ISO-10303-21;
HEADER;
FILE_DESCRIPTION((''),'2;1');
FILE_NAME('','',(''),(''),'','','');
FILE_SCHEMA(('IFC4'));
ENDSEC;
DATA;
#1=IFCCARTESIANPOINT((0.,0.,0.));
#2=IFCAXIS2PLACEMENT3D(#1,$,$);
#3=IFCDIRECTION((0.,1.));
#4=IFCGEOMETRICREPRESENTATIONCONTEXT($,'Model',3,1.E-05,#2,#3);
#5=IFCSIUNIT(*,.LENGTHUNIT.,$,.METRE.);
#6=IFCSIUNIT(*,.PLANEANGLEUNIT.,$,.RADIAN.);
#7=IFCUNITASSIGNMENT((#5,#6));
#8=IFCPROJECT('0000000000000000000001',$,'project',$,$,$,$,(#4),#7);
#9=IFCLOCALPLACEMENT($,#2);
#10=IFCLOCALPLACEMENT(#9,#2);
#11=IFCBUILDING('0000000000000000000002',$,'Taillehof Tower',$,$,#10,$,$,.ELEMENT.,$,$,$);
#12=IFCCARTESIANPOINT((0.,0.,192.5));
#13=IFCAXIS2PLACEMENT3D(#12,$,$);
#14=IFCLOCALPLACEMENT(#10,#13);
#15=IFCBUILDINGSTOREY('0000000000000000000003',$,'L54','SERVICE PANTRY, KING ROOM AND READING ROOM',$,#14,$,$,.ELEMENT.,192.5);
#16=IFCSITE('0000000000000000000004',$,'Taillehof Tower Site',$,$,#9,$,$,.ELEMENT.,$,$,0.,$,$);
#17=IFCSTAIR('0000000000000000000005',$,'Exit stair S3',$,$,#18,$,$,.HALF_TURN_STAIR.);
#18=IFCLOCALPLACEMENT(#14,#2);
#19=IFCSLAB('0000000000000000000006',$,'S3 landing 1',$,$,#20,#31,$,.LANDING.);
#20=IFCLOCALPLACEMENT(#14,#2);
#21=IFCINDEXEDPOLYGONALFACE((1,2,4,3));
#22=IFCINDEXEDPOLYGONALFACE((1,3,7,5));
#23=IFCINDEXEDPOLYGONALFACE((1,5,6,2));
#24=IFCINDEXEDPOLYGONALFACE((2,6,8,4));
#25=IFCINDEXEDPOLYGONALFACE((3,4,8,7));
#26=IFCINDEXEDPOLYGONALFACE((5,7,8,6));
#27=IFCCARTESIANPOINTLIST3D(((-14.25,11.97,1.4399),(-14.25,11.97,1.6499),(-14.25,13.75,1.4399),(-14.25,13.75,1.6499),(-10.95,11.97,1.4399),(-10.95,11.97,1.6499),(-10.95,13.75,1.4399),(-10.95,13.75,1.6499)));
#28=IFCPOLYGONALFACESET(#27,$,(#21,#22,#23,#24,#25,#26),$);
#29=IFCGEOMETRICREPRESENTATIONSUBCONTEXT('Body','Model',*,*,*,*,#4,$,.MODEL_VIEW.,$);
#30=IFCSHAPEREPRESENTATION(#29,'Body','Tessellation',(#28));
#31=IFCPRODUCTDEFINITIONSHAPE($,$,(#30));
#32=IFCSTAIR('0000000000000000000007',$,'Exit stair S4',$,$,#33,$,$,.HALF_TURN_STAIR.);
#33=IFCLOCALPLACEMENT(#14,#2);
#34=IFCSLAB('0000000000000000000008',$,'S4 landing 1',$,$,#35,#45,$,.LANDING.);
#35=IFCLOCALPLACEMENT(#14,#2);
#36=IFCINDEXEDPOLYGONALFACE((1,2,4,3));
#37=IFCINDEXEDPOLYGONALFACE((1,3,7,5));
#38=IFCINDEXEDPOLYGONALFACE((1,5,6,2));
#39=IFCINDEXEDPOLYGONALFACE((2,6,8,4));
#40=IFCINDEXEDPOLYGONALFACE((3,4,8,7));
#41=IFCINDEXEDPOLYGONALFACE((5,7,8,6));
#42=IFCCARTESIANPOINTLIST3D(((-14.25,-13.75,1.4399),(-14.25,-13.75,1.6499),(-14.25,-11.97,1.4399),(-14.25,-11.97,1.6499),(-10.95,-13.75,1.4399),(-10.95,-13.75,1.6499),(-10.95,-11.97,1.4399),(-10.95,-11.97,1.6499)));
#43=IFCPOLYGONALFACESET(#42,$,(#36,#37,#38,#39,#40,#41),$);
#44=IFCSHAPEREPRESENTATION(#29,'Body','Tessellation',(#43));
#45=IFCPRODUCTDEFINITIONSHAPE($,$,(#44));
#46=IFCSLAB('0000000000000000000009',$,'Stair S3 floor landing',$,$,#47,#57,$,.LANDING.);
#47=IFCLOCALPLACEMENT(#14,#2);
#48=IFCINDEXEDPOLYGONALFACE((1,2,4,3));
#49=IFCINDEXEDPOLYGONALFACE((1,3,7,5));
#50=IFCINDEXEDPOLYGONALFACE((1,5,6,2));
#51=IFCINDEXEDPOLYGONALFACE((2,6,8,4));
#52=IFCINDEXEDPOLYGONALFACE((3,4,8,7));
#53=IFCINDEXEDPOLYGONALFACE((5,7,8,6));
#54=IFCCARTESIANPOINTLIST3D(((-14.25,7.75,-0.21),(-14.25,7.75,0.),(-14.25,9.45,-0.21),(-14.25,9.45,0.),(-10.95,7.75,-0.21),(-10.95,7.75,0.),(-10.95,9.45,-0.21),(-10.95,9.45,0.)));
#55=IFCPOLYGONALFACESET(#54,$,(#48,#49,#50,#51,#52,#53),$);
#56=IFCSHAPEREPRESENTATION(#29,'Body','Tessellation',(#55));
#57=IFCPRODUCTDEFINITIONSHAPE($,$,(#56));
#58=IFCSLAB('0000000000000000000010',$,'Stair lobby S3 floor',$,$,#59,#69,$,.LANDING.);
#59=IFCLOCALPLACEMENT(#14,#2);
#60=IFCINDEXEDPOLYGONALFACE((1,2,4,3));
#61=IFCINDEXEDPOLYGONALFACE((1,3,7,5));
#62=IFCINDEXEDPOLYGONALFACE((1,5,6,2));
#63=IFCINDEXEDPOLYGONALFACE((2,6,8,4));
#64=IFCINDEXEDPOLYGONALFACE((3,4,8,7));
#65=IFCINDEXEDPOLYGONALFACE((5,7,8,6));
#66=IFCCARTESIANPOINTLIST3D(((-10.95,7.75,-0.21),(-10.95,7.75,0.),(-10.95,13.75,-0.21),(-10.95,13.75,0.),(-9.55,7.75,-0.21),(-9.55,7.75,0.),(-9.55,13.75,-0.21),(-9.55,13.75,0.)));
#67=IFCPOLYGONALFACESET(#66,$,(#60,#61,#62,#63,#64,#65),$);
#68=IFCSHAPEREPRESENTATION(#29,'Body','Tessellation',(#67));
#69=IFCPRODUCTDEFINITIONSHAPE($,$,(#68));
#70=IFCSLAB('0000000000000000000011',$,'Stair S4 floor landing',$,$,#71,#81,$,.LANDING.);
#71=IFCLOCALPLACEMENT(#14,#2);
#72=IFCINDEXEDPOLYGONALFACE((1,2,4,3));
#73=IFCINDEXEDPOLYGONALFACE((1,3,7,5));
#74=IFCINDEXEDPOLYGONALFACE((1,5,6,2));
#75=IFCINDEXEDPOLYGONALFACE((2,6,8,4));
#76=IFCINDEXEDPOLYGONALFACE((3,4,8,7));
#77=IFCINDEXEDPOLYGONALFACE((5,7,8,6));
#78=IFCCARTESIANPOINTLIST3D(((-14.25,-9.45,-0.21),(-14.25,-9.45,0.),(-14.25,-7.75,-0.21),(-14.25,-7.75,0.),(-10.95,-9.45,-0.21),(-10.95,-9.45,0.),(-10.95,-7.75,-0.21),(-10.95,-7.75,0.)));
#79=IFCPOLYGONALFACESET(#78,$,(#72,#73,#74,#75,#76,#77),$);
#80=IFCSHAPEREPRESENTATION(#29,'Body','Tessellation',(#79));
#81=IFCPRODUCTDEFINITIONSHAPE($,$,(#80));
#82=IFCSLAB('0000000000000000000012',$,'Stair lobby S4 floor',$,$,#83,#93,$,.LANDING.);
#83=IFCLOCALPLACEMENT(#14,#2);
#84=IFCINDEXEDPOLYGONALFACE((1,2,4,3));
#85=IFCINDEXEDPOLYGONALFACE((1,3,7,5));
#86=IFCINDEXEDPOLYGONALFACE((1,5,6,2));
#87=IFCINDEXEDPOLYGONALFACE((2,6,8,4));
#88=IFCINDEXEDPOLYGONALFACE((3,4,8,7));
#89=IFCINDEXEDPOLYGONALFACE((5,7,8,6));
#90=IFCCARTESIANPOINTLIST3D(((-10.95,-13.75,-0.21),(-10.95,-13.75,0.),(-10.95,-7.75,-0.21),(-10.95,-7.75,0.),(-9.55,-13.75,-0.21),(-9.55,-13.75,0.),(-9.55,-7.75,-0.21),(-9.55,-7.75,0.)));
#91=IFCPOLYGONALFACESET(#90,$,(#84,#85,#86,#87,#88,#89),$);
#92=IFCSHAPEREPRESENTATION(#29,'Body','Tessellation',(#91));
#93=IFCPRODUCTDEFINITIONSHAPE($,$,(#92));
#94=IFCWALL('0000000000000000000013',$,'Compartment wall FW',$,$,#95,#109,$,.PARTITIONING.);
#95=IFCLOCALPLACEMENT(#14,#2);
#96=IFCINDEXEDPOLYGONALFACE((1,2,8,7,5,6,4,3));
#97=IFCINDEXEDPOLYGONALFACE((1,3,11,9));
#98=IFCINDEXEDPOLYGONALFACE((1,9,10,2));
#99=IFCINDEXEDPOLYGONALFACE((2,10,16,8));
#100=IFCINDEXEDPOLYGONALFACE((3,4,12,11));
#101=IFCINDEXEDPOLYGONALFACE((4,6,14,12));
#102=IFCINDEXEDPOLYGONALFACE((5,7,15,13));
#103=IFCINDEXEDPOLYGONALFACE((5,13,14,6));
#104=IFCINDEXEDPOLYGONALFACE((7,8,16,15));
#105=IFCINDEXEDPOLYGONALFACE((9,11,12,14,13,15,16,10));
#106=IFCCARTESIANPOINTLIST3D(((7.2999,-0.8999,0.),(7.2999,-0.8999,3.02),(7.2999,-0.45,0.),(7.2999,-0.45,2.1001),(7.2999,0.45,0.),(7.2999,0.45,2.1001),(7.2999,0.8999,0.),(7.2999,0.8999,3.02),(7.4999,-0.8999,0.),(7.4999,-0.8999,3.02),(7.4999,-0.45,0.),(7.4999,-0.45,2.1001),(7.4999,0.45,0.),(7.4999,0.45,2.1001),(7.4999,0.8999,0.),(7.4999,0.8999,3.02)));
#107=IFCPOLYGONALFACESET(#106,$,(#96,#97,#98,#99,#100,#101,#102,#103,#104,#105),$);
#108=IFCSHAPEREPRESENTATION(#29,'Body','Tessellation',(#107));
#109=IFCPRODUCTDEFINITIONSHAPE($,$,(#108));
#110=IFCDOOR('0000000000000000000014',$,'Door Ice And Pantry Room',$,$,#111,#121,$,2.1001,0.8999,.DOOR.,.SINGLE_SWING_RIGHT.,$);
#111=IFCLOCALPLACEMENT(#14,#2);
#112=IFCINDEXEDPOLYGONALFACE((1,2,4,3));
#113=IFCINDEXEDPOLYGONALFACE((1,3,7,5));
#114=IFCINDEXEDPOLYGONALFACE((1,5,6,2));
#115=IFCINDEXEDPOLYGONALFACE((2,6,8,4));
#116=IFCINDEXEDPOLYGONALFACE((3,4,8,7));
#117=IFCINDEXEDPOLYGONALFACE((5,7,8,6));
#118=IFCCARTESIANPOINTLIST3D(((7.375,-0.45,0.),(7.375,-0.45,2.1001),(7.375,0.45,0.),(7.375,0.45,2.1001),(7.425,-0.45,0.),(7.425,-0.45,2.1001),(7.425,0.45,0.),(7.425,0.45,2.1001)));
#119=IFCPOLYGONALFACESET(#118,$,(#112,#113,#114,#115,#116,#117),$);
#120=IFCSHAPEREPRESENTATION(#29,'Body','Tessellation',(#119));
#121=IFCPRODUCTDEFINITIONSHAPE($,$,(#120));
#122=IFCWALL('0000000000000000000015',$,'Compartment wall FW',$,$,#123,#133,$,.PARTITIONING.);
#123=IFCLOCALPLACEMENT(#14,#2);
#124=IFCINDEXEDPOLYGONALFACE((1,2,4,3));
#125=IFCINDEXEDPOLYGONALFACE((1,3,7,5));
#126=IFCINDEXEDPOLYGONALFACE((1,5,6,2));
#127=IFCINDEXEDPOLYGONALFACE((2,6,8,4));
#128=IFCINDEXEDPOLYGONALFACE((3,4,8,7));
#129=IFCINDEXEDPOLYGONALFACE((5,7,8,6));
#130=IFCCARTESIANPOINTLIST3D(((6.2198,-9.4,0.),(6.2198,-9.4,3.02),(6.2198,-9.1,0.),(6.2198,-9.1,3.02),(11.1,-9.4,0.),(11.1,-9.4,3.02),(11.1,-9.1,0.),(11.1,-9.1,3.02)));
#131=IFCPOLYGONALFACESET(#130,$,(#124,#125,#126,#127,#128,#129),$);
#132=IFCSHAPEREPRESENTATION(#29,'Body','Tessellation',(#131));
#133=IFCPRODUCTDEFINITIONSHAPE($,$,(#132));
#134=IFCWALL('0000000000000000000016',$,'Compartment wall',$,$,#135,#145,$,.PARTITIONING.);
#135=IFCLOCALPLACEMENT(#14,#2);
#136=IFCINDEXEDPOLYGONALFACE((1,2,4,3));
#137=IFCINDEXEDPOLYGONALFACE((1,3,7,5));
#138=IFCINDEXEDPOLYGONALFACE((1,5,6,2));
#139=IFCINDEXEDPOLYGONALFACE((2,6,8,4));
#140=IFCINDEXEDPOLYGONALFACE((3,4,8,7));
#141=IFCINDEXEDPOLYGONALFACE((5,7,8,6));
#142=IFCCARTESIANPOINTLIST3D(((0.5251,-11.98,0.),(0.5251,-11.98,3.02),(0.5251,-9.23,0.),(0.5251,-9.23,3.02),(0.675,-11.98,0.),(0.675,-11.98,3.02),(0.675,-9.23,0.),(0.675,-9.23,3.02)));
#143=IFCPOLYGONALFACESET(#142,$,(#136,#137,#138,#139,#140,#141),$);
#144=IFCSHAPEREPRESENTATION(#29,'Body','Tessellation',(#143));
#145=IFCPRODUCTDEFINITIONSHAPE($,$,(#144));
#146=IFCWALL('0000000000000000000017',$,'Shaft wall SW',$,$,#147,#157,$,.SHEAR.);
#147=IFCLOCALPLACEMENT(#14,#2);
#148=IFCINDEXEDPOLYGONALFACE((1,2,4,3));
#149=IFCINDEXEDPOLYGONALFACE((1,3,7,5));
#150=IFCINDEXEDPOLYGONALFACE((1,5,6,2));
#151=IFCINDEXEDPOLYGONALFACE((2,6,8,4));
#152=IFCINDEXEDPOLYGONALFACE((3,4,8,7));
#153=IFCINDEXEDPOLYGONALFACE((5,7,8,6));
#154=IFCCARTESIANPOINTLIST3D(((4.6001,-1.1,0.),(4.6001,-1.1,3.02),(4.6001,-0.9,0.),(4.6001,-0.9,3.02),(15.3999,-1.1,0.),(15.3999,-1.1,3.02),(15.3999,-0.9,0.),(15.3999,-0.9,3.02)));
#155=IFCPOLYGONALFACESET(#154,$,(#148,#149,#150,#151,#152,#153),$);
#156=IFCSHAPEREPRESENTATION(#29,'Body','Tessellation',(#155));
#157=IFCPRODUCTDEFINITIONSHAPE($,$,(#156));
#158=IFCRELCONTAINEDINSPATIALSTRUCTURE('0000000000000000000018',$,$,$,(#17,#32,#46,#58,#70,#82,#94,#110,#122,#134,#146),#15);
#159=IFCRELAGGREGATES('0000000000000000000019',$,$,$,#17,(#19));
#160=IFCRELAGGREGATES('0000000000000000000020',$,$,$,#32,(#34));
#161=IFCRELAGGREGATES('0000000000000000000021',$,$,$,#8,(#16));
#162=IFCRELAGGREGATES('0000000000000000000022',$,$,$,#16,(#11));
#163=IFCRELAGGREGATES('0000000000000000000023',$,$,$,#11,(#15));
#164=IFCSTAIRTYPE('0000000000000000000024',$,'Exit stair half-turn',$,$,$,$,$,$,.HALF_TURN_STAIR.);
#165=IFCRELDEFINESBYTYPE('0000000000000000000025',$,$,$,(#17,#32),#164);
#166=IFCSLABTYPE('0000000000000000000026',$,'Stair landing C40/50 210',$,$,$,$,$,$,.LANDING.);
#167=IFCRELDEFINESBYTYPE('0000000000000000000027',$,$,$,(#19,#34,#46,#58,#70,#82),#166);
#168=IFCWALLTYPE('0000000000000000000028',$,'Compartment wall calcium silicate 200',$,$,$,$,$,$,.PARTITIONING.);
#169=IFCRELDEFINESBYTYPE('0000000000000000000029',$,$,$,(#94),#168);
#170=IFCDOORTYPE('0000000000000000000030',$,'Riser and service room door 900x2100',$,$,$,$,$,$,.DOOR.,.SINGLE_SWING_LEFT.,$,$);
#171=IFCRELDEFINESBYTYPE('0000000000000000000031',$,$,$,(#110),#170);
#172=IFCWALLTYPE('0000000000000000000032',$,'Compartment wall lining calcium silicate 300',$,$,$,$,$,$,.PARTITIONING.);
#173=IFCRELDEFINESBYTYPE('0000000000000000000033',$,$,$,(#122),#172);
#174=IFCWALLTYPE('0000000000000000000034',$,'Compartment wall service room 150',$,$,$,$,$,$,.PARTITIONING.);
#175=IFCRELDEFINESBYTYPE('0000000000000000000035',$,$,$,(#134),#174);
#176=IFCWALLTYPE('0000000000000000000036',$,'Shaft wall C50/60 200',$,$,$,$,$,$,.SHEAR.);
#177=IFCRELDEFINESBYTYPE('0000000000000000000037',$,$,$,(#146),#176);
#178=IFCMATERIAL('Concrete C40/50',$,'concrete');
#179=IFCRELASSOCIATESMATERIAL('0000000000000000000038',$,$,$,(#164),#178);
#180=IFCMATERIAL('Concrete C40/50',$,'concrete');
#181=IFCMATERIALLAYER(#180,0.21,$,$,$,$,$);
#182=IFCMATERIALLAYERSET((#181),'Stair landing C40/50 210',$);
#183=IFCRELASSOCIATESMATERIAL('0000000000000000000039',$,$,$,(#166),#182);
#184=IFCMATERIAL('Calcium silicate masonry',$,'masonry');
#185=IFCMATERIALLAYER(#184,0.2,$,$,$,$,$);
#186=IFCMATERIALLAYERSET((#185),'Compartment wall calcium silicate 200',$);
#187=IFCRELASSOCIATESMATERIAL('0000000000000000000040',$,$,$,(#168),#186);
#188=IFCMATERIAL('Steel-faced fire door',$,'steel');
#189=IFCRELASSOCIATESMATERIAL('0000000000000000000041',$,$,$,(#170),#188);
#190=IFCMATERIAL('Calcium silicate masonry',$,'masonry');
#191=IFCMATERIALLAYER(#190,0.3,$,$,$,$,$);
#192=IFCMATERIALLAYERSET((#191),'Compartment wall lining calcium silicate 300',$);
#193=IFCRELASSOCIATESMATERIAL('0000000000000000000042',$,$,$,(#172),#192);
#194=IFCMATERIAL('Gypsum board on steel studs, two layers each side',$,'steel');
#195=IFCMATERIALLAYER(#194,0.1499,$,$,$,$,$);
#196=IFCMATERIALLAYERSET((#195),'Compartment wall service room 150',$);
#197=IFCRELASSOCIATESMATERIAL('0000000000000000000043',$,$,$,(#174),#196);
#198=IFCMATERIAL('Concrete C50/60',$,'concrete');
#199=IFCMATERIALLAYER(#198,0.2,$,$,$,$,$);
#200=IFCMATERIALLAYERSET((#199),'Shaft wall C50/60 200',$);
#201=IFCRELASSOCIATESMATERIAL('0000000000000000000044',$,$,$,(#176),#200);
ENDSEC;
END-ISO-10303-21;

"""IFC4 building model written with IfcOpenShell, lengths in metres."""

from ifc_helpers import new_model, si_unit, direction, frame, frame_2d, origin, place, context, subcontext, project, spatial, polyline, rectangle, outline, extrude, material, layer, layer_set, type_object, element, fill, aggregate, save


model = new_model("IFC4")

# Units and contexts
model_context = context("Model", 3, precision=1e-05, world=origin(), true_north=direction((0.0, 1.0)))
body_context = subcontext(model_context, "Body", "Model", "MODEL_VIEW")
ifc_project = project(units=[si_unit("LENGTHUNIT", "METRE"), si_unit("PLANEANGLEUNIT", "RADIAN")], contexts=[model_context])

# Site, building, storey
site_placement = place(None, origin())
site = spatial("IfcSite", under=ifc_project, at=site_placement, Name="Taillehof Tower Site", CompositionType="ELEMENT", RefElevation=0.0)
building_placement = place(site_placement, origin())
building = spatial("IfcBuilding", under=site, at=building_placement, Name="Taillehof Tower", CompositionType="ELEMENT")
storey_placement = place(building_placement, frame((0.0, 0.0, 192.5)))
storey = spatial("IfcBuildingStorey", under=building, at=storey_placement, Name="L54", Description="SERVICE PANTRY, KING ROOM AND READING ROOM", CompositionType="ELEMENT", Elevation=192.5)

# Stairs, slabs
ifc_material_1 = material(Name="Concrete C40/50", Category="concrete")
stair_type = type_object("IfcStairType", Name="Exit stair half-turn", PredefinedType="HALF_TURN_STAIR", material=ifc_material_1)
ifc_material_2 = material(Name="Concrete C40/50", Category="concrete")
ifc_layer_1 = layer(ifc_material_2, 0.21)
ifc_layer_set_1 = layer_set([ifc_layer_1], Name="Stair landing C40/50 210")
slab_type_1 = type_object("IfcSlabType", Name="Stair landing C40/50 210", PredefinedType="LANDING", material=ifc_layer_set_1)
stair_1_placement = place(storey_placement, origin())
stair_1 = element("IfcStair", 1, at=stair_1_placement, inside=storey, type_object=stair_type, Name="Exit stair S3", PredefinedType="HALF_TURN_STAIR")
slab_1_placement = place(storey_placement, frame((0.0, 0.0, 1.4399)))
slab_1 = element("IfcSlab", 2, at=slab_1_placement, type_object=slab_type_1, Name="S3 landing 1", PredefinedType="LANDING", context=body_context, shape_type="SweptSolid", body=[
    extrude(outline(polyline([(-14.25, 11.97), (-14.25, 13.75), (-10.95, 13.75), (-10.95, 11.97), (-14.25, 11.97)])), origin(), (0.0, 0.0, 1.0), 0.21),
])
aggregate(stair_1, [slab_1])
stair_2_placement = place(storey_placement, origin())
stair_2 = element("IfcStair", 3, at=stair_2_placement, inside=storey, type_object=stair_type, Name="Exit stair S4", PredefinedType="HALF_TURN_STAIR")
slab_2_placement = place(storey_placement, frame((0.0, 0.0, 1.4399)))
slab_2 = element("IfcSlab", 4, at=slab_2_placement, type_object=slab_type_1, Name="S4 landing 1", PredefinedType="LANDING", context=body_context, shape_type="SweptSolid", body=[
    extrude(outline(polyline([(-14.25, -11.97), (-14.25, -13.75), (-10.95, -13.75), (-10.95, -11.97), (-14.25, -11.97)])), origin(), (0.0, 0.0, 1.0), 0.21),
])
aggregate(stair_2, [slab_2])

# Slabs
slab_3_placement = place(storey_placement, frame((0.0, 0.0, -0.21)))
element("IfcSlab", 5, at=slab_3_placement, inside=storey, type_object=slab_type_1, Name="Stair S3 floor landing", PredefinedType="LANDING", context=body_context, shape_type="SweptSolid", body=[
    extrude(outline(polyline([(-14.25, 7.75), (-14.25, 9.45), (-10.95, 9.45), (-10.95, 7.75), (-14.25, 7.75)])), origin(), (0.0, 0.0, 1.0), 0.21),
])
slab_4_placement = place(storey_placement, frame((0.0, 0.0, -0.21)))
element("IfcSlab", 6, at=slab_4_placement, inside=storey, type_object=slab_type_1, Name="Stair lobby S3 floor", PredefinedType="LANDING", context=body_context, shape_type="SweptSolid", body=[
    extrude(outline(polyline([(-10.95, 7.75), (-9.55, 7.75), (-9.55, 13.75), (-10.95, 13.75), (-10.95, 7.75)])), origin(), (0.0, 0.0, 1.0), 0.21),
])
slab_5_placement = place(storey_placement, frame((0.0, 0.0, -0.21)))
element("IfcSlab", 7, at=slab_5_placement, inside=storey, type_object=slab_type_1, Name="Stair S4 floor landing", PredefinedType="LANDING", context=body_context, shape_type="SweptSolid", body=[
    extrude(outline(polyline([(-14.25, -7.75), (-14.25, -9.45), (-10.95, -9.45), (-10.95, -7.75), (-14.25, -7.75)])), origin(), (0.0, 0.0, 1.0), 0.21),
])
slab_6_placement = place(storey_placement, frame((0.0, 0.0, -0.21)))
element("IfcSlab", 8, at=slab_6_placement, inside=storey, type_object=slab_type_1, Name="Stair lobby S4 floor", PredefinedType="LANDING", context=body_context, shape_type="SweptSolid", body=[
    extrude(outline(polyline([(-10.95, -13.75), (-9.55, -13.75), (-9.55, -7.75), (-10.95, -7.75), (-10.95, -13.75)])), origin(), (0.0, 0.0, 1.0), 0.21),
])

# Wall, opening, door
ifc_material_3 = material(Name="Calcium silicate masonry", Category="masonry")
ifc_layer_2 = layer(ifc_material_3, 0.2)
ifc_layer_set_2 = layer_set([ifc_layer_2], Name="Compartment wall calcium silicate 200")
wall_type_1 = type_object("IfcWallType", Name="Compartment wall calcium silicate 200", PredefinedType="PARTITIONING", material=ifc_layer_set_2)
wall_1_placement = place(storey_placement, frame((7.3999, -0.8999, 0.0), z_axis=(0.0, 0.0, 1.0), x_axis=(0.0, 1.0, 0.0)))
wall_1 = element("IfcWall", 9, at=wall_1_placement, inside=storey, type_object=wall_type_1, Name="Compartment wall FW", PredefinedType="PARTITIONING", context=body_context, shape_type="SweptSolid", body=[
    extrude(rectangle(XDim=1.7998, YDim=0.2, at=frame_2d((0.8999, 0.0))), origin(), (0.0, 0.0, 1.0), 3.02),
])
opening_1_placement = place(wall_1_placement, frame((0.45, 0.0, 0.0)))
opening_1 = element("IfcOpeningElement", 10, at=opening_1_placement, cuts=wall_1, PredefinedType="OPENING", context=body_context, shape_type="SweptSolid", body=[
    extrude(rectangle(XDim=0.8999, YDim=2.1001, at=frame_2d((0.45, 1.05))), frame((0.0, 0.1099, 0.0), z_axis=(0.0, -1.0, 0.0), x_axis=(1.0, 0.0, 0.0)), (0.0, 0.0, 1.0), 0.22),
])
ifc_material_4 = material(Name="Steel-faced fire door", Category="steel")
door_type_1 = type_object("IfcDoorType", Name="Riser and service room door 900x2100", OperationType="SINGLE_SWING_LEFT", PredefinedType="DOOR", material=ifc_material_4)
door_1_placement = place(opening_1_placement, origin())
door_1 = element("IfcDoor", 11, at=door_1_placement, inside=storey, type_object=door_type_1, Name="Door Ice And Pantry Room", OperationType="SINGLE_SWING_RIGHT", OverallHeight=2.1001, OverallWidth=0.8999, PredefinedType="DOOR", context=body_context, shape_type="SweptSolid", body=[
    extrude(rectangle(XDim=0.8999, YDim=2.1001, at=frame_2d((0.45, 1.05))), frame((0.0, 0.0249, 0.0), z_axis=(0.0, -1.0, 0.0), x_axis=(1.0, 0.0, 0.0)), (0.0, 0.0, 1.0), 0.05),
])
fill(opening_1, door_1)

# Walls
ifc_material_5 = material(Name="Calcium silicate masonry", Category="masonry")
ifc_layer_3 = layer(ifc_material_5, 0.3)
ifc_layer_set_3 = layer_set([ifc_layer_3], Name="Compartment wall lining calcium silicate 300")
wall_type_2 = type_object("IfcWallType", Name="Compartment wall lining calcium silicate 300", PredefinedType="PARTITIONING", material=ifc_layer_set_3)
wall_2_placement = place(storey_placement, frame((6.22, -9.25, 0.0), z_axis=(0.0, 0.0, 1.0), x_axis=(1.0, 0.0, 0.0)))
element("IfcWall", 12, at=wall_2_placement, inside=storey, type_object=wall_type_2, Name="Compartment wall FW", PredefinedType="PARTITIONING", context=body_context, shape_type="SweptSolid", body=[
    extrude(rectangle(XDim=4.8801, YDim=0.3, at=frame_2d((2.4399, 0.0))), origin(), (0.0, 0.0, 1.0), 3.02),
])
ifc_material_6 = material(Name="Gypsum board on steel studs, two layers each side", Category="steel")
ifc_layer_4 = layer(ifc_material_6, 0.1499)
ifc_layer_set_4 = layer_set([ifc_layer_4], Name="Compartment wall service room 150")
wall_type_3 = type_object("IfcWallType", Name="Compartment wall service room 150", PredefinedType="PARTITIONING", material=ifc_layer_set_4)
wall_3_placement = place(storey_placement, frame((0.6001, -9.23, 0.0), z_axis=(0.0, 0.0, 1.0), x_axis=(0.0, -1.0, 0.0)))
element("IfcWall", 13, at=wall_3_placement, inside=storey, type_object=wall_type_3, Name="Compartment wall", PredefinedType="PARTITIONING", context=body_context, shape_type="SweptSolid", body=[
    extrude(rectangle(XDim=2.75, YDim=0.1499, at=frame_2d((1.375, 0.0))), origin(), (0.0, 0.0, 1.0), 3.02),
])
ifc_material_7 = material(Name="Concrete C50/60", Category="concrete")
ifc_layer_5 = layer(ifc_material_7, 0.2)
ifc_layer_set_5 = layer_set([ifc_layer_5], Name="Shaft wall C50/60 200")
wall_type_4 = type_object("IfcWallType", Name="Shaft wall C50/60 200", PredefinedType="SHEAR", material=ifc_layer_set_5)
wall_4_placement = place(storey_placement, frame((4.6001, -1.0, 0.0), z_axis=(0.0, 0.0, 1.0), x_axis=(1.0, 0.0, 0.0)))
element("IfcWall", 14, at=wall_4_placement, inside=storey, type_object=wall_type_4, Name="Shaft wall SW", PredefinedType="SHEAR", context=body_context, shape_type="SweptSolid", body=[
    extrude(rectangle(XDim=10.7998, YDim=0.2, at=frame_2d((5.3999, 0.0))), origin(), (0.0, 0.0, 1.0), 3.02),
])

save(model, "model.ifc")
